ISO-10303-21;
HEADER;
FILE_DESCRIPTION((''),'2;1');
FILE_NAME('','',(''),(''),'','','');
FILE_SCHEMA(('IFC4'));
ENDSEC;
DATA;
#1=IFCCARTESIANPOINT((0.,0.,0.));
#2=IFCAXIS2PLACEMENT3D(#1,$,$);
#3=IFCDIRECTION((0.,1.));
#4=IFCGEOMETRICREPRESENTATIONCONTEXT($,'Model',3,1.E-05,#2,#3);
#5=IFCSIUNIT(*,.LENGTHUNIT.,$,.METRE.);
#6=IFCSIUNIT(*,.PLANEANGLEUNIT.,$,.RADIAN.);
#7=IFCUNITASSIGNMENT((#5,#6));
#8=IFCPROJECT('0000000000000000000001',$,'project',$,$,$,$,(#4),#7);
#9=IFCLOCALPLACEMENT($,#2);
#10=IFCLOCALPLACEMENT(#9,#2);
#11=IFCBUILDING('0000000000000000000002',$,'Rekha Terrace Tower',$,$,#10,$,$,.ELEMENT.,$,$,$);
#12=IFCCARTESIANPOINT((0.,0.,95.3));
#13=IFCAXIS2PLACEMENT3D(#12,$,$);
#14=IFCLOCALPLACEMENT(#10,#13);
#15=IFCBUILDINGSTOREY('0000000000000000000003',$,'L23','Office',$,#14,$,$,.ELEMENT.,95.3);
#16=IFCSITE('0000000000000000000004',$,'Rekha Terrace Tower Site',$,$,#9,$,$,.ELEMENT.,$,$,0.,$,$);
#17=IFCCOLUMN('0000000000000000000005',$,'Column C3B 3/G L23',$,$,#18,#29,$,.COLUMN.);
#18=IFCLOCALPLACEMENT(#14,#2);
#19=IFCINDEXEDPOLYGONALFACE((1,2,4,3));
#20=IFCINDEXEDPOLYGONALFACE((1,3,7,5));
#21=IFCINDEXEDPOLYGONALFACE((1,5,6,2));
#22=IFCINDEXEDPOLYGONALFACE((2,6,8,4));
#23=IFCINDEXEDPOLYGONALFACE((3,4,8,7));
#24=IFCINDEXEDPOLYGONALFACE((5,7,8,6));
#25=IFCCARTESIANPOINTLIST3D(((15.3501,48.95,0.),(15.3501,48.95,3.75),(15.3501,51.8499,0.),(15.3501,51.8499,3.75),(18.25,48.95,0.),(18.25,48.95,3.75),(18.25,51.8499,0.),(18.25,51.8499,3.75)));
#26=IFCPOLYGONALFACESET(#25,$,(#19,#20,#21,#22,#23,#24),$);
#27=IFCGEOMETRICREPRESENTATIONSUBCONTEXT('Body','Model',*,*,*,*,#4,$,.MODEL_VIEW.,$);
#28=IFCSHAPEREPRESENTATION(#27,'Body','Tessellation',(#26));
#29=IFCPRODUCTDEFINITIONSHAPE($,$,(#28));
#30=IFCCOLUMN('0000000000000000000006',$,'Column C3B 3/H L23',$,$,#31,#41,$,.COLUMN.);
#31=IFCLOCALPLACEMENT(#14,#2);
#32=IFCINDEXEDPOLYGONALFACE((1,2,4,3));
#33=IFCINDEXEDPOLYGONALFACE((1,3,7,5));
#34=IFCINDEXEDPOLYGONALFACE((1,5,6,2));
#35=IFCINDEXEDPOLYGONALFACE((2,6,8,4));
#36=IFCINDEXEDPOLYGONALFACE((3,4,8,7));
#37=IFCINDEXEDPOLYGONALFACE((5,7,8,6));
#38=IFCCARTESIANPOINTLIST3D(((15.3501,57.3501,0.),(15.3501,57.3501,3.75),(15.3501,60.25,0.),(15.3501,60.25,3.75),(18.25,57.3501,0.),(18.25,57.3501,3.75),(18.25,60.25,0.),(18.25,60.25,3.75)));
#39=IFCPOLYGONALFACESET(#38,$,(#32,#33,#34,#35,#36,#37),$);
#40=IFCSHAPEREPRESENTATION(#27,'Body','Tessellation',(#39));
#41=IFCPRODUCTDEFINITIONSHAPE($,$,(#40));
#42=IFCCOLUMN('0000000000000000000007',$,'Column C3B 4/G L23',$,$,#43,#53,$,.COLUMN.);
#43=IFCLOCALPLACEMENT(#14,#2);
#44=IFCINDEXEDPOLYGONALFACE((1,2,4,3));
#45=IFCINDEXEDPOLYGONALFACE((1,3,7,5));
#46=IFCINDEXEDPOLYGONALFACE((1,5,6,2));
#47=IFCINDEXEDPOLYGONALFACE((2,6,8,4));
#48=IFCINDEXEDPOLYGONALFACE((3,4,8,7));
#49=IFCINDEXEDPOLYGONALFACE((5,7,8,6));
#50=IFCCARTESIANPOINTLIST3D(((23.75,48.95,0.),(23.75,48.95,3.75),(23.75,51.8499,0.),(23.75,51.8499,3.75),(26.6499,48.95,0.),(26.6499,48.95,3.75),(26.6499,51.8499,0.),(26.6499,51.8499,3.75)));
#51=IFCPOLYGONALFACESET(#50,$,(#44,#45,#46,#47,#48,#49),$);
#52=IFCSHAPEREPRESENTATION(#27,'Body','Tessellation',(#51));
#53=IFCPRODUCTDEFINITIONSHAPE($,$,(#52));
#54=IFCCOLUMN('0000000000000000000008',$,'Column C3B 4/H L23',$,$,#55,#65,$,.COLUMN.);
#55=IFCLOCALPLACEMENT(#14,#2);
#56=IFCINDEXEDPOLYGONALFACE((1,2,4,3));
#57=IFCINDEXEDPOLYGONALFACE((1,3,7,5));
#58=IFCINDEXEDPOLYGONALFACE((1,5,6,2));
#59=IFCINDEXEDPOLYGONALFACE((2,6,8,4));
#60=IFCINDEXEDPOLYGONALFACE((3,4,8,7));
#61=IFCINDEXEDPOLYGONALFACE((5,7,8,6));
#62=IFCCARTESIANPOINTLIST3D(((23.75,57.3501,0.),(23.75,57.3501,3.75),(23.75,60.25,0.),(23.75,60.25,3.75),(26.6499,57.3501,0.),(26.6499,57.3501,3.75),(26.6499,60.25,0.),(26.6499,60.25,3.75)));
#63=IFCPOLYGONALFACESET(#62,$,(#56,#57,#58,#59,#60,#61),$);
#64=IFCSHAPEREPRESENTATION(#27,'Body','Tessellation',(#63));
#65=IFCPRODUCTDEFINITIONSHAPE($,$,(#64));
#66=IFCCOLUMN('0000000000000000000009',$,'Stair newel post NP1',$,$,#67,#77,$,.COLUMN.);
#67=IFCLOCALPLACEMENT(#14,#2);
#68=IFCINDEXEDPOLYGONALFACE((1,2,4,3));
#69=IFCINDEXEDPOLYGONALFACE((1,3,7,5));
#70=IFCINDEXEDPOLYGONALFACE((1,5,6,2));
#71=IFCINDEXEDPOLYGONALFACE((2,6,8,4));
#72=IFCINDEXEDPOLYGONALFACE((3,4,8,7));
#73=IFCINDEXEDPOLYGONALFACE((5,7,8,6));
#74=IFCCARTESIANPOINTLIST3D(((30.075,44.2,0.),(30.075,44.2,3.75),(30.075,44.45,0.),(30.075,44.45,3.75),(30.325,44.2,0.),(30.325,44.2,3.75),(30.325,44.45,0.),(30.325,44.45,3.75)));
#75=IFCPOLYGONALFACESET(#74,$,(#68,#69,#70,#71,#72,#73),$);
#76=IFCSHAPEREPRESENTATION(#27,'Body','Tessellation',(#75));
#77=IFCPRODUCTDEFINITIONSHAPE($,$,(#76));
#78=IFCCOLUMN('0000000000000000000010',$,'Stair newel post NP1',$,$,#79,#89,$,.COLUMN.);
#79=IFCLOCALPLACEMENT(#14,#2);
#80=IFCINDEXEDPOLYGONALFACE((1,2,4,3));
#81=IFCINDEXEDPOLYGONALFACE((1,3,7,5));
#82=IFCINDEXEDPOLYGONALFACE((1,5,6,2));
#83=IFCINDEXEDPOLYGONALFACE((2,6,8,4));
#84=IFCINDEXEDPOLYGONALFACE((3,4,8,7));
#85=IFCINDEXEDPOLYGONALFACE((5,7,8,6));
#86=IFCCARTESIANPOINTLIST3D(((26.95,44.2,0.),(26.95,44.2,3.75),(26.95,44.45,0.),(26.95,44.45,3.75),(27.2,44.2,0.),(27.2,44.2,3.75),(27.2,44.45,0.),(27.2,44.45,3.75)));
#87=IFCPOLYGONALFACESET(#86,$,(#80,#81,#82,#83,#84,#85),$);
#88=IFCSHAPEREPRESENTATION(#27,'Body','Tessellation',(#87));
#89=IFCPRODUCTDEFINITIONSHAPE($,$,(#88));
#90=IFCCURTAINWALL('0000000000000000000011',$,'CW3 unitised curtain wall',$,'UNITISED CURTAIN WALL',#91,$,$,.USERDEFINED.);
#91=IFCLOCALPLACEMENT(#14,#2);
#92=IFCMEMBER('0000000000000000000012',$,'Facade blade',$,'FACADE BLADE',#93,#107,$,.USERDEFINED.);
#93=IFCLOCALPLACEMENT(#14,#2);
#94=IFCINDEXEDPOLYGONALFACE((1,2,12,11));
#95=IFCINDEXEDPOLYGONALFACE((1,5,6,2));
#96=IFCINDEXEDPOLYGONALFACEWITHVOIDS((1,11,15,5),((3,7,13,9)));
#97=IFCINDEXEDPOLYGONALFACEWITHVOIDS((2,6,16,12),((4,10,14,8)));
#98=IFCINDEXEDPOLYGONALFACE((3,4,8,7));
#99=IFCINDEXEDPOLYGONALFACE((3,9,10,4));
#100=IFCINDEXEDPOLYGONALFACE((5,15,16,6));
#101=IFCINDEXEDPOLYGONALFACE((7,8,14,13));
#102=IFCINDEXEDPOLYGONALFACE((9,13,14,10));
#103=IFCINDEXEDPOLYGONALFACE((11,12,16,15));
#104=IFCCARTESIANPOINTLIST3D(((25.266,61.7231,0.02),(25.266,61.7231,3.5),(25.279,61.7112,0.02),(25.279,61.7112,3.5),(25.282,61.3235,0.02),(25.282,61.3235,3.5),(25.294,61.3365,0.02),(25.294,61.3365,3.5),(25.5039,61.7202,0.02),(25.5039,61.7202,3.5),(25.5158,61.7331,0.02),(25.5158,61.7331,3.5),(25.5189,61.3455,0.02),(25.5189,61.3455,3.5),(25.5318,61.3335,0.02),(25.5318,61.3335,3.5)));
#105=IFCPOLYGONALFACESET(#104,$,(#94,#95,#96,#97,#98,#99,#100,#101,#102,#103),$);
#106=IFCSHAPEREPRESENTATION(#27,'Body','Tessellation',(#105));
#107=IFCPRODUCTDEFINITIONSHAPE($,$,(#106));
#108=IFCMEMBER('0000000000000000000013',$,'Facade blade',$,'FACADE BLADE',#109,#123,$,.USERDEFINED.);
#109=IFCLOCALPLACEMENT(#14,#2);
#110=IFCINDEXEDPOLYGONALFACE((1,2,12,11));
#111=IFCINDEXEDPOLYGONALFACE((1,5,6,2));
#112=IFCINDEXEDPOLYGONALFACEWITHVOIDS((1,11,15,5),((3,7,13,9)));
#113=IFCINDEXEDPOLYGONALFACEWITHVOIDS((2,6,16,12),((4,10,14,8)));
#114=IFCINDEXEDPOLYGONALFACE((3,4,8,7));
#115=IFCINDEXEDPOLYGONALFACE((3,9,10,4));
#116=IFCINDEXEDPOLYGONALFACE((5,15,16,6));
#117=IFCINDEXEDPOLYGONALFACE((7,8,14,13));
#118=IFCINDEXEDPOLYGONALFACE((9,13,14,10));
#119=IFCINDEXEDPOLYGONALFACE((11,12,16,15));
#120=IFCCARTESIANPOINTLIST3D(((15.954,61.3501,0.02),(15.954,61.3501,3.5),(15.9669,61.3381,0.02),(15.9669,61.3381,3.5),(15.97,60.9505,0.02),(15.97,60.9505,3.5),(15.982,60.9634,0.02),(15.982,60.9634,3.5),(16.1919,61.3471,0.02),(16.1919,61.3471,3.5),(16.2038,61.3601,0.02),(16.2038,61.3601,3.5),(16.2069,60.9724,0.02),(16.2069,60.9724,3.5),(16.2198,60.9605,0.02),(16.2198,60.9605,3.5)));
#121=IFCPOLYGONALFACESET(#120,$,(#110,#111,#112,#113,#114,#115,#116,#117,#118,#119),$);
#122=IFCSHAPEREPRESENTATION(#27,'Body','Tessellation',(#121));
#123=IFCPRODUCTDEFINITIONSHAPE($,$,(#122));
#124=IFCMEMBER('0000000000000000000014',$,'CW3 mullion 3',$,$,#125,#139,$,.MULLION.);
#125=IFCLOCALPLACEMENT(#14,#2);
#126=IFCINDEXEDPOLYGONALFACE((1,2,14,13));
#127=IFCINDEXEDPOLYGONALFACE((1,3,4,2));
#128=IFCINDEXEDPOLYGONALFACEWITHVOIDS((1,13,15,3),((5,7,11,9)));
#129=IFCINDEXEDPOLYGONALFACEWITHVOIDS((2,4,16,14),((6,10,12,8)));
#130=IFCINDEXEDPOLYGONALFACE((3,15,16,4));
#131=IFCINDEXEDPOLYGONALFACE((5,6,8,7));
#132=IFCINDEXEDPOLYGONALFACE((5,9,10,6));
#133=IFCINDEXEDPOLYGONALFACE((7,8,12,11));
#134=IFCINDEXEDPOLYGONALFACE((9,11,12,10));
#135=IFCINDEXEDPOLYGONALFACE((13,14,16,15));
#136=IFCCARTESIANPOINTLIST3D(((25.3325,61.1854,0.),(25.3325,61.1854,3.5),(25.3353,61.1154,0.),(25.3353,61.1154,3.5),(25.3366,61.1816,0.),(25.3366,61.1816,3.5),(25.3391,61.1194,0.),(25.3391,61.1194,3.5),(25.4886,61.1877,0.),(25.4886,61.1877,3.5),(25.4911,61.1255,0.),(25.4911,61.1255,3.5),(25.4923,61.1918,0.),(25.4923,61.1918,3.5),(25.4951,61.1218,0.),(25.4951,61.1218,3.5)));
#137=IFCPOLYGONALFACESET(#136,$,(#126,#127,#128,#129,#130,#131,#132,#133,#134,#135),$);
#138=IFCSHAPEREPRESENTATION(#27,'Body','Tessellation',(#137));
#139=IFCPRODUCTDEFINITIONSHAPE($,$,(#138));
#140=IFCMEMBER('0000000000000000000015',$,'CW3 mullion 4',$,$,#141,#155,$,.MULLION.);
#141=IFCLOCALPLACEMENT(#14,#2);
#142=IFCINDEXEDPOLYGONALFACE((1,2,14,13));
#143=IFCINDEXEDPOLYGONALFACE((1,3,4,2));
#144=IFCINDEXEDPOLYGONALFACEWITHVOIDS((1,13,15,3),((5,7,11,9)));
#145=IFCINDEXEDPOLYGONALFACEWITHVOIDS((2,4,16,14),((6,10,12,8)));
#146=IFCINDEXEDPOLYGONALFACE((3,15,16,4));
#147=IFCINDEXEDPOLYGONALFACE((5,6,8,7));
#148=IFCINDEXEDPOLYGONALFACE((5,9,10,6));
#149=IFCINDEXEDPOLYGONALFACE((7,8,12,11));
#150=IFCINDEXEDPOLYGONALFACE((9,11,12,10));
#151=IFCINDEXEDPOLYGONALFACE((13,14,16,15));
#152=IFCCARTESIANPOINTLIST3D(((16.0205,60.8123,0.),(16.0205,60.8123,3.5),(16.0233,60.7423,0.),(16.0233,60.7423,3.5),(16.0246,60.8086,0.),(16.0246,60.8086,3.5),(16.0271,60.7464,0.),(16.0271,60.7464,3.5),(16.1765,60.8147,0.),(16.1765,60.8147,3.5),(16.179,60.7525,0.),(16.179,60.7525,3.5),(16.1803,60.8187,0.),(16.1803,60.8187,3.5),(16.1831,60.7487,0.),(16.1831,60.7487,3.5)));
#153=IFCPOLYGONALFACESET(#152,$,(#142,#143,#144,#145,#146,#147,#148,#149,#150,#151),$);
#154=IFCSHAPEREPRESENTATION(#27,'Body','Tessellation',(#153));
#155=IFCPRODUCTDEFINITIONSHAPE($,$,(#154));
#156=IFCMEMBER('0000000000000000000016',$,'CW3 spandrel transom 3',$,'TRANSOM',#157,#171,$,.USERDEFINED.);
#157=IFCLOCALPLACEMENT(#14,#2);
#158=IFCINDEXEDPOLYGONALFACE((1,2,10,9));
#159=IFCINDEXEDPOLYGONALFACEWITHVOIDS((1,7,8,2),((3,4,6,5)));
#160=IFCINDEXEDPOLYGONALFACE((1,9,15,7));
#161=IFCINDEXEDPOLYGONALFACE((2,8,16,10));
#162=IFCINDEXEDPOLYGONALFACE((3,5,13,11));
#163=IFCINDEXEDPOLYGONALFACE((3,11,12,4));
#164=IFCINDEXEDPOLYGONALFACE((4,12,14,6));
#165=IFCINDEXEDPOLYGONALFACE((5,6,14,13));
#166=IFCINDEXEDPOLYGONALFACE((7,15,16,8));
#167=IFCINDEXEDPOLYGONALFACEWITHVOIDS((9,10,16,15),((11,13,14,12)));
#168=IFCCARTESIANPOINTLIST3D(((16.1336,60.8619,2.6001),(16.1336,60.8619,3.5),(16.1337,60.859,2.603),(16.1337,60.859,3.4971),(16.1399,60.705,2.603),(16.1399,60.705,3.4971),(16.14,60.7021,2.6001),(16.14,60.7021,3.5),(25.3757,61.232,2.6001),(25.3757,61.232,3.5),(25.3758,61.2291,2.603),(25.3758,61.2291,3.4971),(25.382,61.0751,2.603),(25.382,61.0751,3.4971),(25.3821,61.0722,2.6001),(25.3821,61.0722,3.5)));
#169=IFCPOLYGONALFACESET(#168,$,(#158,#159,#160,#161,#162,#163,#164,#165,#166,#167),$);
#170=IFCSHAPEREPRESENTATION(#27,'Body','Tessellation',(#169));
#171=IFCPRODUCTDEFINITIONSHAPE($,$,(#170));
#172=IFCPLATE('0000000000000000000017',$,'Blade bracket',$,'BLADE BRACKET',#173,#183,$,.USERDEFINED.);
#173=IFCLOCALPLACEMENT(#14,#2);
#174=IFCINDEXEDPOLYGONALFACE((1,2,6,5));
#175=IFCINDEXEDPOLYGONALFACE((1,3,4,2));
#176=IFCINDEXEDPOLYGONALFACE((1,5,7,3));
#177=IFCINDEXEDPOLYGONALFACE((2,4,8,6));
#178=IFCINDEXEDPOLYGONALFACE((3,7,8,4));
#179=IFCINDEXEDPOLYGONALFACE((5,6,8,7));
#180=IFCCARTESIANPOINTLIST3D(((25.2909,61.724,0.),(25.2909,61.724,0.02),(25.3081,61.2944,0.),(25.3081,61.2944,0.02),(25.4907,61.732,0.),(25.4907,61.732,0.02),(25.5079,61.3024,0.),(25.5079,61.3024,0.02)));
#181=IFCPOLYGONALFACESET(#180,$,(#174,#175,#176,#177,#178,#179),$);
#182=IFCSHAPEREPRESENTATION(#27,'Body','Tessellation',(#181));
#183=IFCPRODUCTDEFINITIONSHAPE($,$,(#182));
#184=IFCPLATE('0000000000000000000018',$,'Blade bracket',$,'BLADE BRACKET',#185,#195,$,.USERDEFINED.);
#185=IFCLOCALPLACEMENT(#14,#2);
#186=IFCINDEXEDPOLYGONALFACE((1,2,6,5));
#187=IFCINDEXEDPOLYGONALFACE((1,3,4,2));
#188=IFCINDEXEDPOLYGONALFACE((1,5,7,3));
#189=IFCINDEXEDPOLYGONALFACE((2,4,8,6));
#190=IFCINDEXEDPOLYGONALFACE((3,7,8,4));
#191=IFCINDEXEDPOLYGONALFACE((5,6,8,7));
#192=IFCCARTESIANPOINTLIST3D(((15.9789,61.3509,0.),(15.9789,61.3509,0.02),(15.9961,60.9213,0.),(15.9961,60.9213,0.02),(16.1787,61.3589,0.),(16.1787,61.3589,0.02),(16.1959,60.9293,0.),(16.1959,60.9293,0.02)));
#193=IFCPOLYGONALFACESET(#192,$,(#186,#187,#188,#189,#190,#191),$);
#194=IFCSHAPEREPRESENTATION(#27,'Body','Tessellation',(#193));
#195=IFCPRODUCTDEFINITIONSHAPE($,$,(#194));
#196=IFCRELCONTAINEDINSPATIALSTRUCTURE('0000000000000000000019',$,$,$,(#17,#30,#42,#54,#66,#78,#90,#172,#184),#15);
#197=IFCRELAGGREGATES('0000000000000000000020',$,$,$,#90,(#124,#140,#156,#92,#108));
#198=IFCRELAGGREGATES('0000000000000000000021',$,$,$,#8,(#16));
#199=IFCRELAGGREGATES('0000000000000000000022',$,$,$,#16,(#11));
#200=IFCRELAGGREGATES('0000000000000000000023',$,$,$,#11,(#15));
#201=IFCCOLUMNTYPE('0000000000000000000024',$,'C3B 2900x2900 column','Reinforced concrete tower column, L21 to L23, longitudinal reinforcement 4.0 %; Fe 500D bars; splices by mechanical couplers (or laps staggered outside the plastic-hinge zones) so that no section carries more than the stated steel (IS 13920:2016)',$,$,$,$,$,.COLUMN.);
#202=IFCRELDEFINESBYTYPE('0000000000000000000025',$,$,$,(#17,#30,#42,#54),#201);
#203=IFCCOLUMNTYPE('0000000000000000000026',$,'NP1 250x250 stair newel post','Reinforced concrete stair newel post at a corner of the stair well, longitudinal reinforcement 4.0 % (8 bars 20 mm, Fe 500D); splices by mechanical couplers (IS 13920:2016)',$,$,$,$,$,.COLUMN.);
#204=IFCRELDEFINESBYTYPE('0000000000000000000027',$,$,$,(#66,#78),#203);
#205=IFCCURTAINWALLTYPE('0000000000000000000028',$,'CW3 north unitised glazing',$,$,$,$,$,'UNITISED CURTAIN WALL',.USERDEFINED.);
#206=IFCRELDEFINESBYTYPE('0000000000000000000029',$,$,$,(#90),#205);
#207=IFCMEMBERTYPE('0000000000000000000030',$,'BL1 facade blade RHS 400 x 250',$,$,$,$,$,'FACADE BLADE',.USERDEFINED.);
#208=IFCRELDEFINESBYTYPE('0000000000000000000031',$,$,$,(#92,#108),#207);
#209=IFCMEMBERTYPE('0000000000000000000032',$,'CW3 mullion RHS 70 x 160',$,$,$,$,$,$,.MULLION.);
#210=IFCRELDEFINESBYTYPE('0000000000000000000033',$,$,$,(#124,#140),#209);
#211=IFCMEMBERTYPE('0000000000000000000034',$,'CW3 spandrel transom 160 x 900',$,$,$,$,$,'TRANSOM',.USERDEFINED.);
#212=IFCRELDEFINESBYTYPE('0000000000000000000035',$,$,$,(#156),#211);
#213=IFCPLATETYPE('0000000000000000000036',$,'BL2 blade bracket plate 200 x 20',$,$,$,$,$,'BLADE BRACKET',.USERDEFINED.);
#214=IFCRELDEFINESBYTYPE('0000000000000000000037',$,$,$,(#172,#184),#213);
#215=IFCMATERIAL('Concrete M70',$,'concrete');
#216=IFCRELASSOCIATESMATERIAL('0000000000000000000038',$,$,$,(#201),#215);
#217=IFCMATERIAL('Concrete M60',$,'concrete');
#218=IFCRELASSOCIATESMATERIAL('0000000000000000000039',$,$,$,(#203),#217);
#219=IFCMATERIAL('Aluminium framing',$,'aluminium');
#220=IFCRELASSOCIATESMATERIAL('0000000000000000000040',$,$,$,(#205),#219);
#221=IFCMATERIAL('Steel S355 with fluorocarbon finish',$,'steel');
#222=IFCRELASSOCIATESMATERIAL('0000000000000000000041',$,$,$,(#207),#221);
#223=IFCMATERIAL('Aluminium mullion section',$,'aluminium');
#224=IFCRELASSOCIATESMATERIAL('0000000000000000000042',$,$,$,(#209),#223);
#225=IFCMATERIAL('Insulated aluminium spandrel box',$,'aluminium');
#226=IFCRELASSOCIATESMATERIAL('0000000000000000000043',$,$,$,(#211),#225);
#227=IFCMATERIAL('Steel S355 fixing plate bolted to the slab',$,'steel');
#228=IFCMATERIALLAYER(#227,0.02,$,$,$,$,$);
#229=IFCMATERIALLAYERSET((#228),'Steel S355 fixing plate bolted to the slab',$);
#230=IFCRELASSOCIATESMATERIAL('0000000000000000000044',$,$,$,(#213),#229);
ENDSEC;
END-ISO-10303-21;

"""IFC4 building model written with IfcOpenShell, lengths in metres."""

from ifc_helpers import new_model, si_unit, direction, frame, origin, origin_2d, place, context, subcontext, project, spatial, rectangle, hollow_rectangle, extrude, material, layer, layer_set, material_profile, profile_set, type_object, element, aggregate, save


model = new_model("IFC4")

# Units and contexts
model_context = context("Model", 3, precision=1e-05, world=origin(), true_north=direction((0.0, 1.0)))
body_context = subcontext(model_context, "Body", "Model", "MODEL_VIEW")
ifc_project = project(units=[si_unit("LENGTHUNIT", "METRE"), si_unit("PLANEANGLEUNIT", "RADIAN")], contexts=[model_context])

# Site, building, storey
site_placement = place(None, origin())
site = spatial("IfcSite", under=ifc_project, at=site_placement, Name="Rekha Terrace Tower Site", CompositionType="ELEMENT", RefElevation=0.0)
building_placement = place(site_placement, origin())
building = spatial("IfcBuilding", under=site, at=building_placement, Name="Rekha Terrace Tower", CompositionType="ELEMENT")
storey_placement = place(building_placement, frame((0.0, 0.0, 95.3)))
storey = spatial("IfcBuildingStorey", under=building, at=storey_placement, Name="L23", Description="Office", CompositionType="ELEMENT", Elevation=95.3)

# Columns
ifc_material_1 = material(Name="Concrete M70", Category="concrete")
ifc_material_profile_1 = material_profile(ifc_material_1, rectangle(XDim=2.8999, YDim=2.8999, at=origin_2d()), Name="RC 2900x2900")
ifc_profile_set_1 = profile_set([ifc_material_profile_1], Name="Concrete M70")
column_type_1 = type_object("IfcColumnType", Name="C3B 2900x2900 column", Description="Reinforced concrete tower column, L21 to L23, longitudinal reinforcement 4.0 %; Fe 500D bars; splices by mechanical couplers (or laps staggered outside the plastic-hinge zones) so that no section carries more than the stated steel (IS 13920:2016)", PredefinedType="COLUMN", material=ifc_profile_set_1)
for number, where, z_axis, x_axis, name in (
    (1, (16.8, 50.3999, 0.0), (0.0, 0.0, 1.0), (1.0, 0.0, 0.0), "Column C3B 3/G L23"),
    (2, (16.8, 58.8, 0.0), (0.0, 0.0, 1.0), (1.0, 0.0, 0.0), "Column C3B 3/H L23"),
    (3, (25.2, 50.3999, 0.0), (0.0, 0.0, 1.0), (1.0, 0.0, 0.0), "Column C3B 4/G L23"),
    (4, (25.2, 58.8, 0.0), (0.0, 0.0, 1.0), (1.0, 0.0, 0.0), "Column C3B 4/H L23"),
):
    element("IfcColumn", number, at=place(storey_placement, frame(where, z_axis=z_axis, x_axis=x_axis)), inside=storey, type_object=column_type_1, Name=name, PredefinedType="COLUMN", context=body_context, shape_type="SweptSolid", body=[
        extrude(rectangle(XDim=2.8999, YDim=2.8999, at=origin_2d()), origin(), (0.0, 0.0, 1.0), 3.75),
    ])
ifc_material_2 = material(Name="Concrete M60", Category="concrete")
ifc_material_profile_2 = material_profile(ifc_material_2, rectangle(XDim=0.25, YDim=0.25, at=origin_2d()), Name="RC 250x250")
ifc_profile_set_2 = profile_set([ifc_material_profile_2], Name="Concrete M60")
column_type_2 = type_object("IfcColumnType", Name="NP1 250x250 stair newel post", Description="Reinforced concrete stair newel post at a corner of the stair well, longitudinal reinforcement 4.0 % (8 bars 20 mm, Fe 500D); splices by mechanical couplers (IS 13920:2016)", PredefinedType="COLUMN", material=ifc_profile_set_2)
for number, where, z_axis, x_axis, name in (
    (5, (30.2, 44.325, 0.0), (0.0, 0.0, 1.0), (1.0, 0.0, 0.0), "Stair newel post NP1"),
    (6, (27.075, 44.325, 0.0), (0.0, 0.0, 1.0), (1.0, 0.0, 0.0), "Stair newel post NP1"),
):
    element("IfcColumn", number, at=place(storey_placement, frame(where, z_axis=z_axis, x_axis=x_axis)), inside=storey, type_object=column_type_2, Name=name, PredefinedType="COLUMN", context=body_context, shape_type="SweptSolid", body=[
        extrude(rectangle(XDim=0.25, YDim=0.25, at=origin_2d()), origin(), (0.0, 0.0, 1.0), 3.75),
    ])

# Curtain wall, members
ifc_material_3 = material(Name="Aluminium framing", Category="aluminium")
curtain_wall_type = type_object("IfcCurtainWallType", Name="CW3 north unitised glazing", ElementType="UNITISED CURTAIN WALL", PredefinedType="USERDEFINED", material=ifc_material_3)
curtain_wall_placement = place(storey_placement, origin())
curtain_wall = element("IfcCurtainWall", 7, at=curtain_wall_placement, inside=storey, type_object=curtain_wall_type, Name="CW3 unitised curtain wall", ObjectType="UNITISED CURTAIN WALL", PredefinedType="USERDEFINED")
ifc_material_4 = material(Name="Steel S355 with fluorocarbon finish", Category="steel")
ifc_material_profile_3 = material_profile(ifc_material_4, hollow_rectangle(XDim=0.25, YDim=0.3999, WallThickness=0.0125, at=origin_2d()), Name="RHS400x250x12.5")
ifc_profile_set_3 = profile_set([ifc_material_profile_3], Name="Steel S355 with fluorocarbon finish")
member_type_1 = type_object("IfcMemberType", Name="BL1 facade blade RHS 400 x 250", ElementType="FACADE BLADE", PredefinedType="USERDEFINED", material=ifc_profile_set_3)
member_1_placement = place(storey_placement, frame((25.3989, 61.5283, 0.02), z_axis=(0.0, 0.0, 1.0), x_axis=(-0.999198, -0.040032, 0.0)))
member_1 = element("IfcMember", 8, at=member_1_placement, type_object=member_type_1, Name="Facade blade", ObjectType="FACADE BLADE", PredefinedType="USERDEFINED", context=body_context, shape_type="SweptSolid", body=[
    extrude(hollow_rectangle(XDim=0.25, YDim=0.3999, WallThickness=0.0125, at=origin_2d()), origin(), (0.0, 0.0, 1.0), 3.48),
])
member_2_placement = place(storey_placement, frame((16.0869, 61.1553, 0.02), z_axis=(0.0, 0.0, 1.0), x_axis=(-0.999198, -0.040032, 0.0)))
member_2 = element("IfcMember", 9, at=member_2_placement, type_object=member_type_1, Name="Facade blade", ObjectType="FACADE BLADE", PredefinedType="USERDEFINED", context=body_context, shape_type="SweptSolid", body=[
    extrude(hollow_rectangle(XDim=0.25, YDim=0.3999, WallThickness=0.0125, at=origin_2d()), origin(), (0.0, 0.0, 1.0), 3.48),
])
ifc_material_5 = material(Name="Aluminium mullion section", Category="aluminium")
ifc_material_profile_4 = material_profile(ifc_material_5, hollow_rectangle(XDim=0.0701, YDim=0.1599, WallThickness=0.0039, at=origin_2d()), Name="AL RHS 70x160")
ifc_profile_set_4 = profile_set([ifc_material_profile_4], Name="Aluminium mullion section")
member_type_2 = type_object("IfcMemberType", Name="CW3 mullion RHS 70 x 160", PredefinedType="MULLION", material=ifc_profile_set_4)
member_3_placement = place(storey_placement, frame((25.4138, 61.1536, 0.0), z_axis=(0.0, 0.0, 1.0), x_axis=(0.040032, -0.999198, 0.0)))
member_3 = element("IfcMember", 10, at=member_3_placement, type_object=member_type_2, Name="CW3 mullion 3", PredefinedType="MULLION", context=body_context, shape_type="SweptSolid", body=[
    extrude(hollow_rectangle(XDim=0.0701, YDim=0.1599, WallThickness=0.0039, at=origin_2d()), origin(), (0.0, 0.0, 1.0), 3.5),
])
member_4_placement = place(storey_placement, frame((16.1018, 60.7805, 0.0), z_axis=(0.0, 0.0, 1.0), x_axis=(0.040032, -0.999198, 0.0)))
member_4 = element("IfcMember", 11, at=member_4_placement, type_object=member_type_2, Name="CW3 mullion 4", PredefinedType="MULLION", context=body_context, shape_type="SweptSolid", body=[
    extrude(hollow_rectangle(XDim=0.0701, YDim=0.1599, WallThickness=0.0039, at=origin_2d()), origin(), (0.0, 0.0, 1.0), 3.5),
])
ifc_material_6 = material(Name="Insulated aluminium spandrel box", Category="aluminium")
ifc_material_profile_5 = material_profile(ifc_material_6, hollow_rectangle(XDim=0.1599, YDim=0.8999, WallThickness=0.0029, at=origin_2d()), Name="AL SPANDREL BOX 160x900")
ifc_profile_set_5 = profile_set([ifc_material_profile_5], Name="Insulated aluminium spandrel box")
member_type_3 = type_object("IfcMemberType", Name="CW3 spandrel transom 160 x 900", ElementType="TRANSOM", PredefinedType="USERDEFINED", material=ifc_profile_set_5)
member_5_placement = place(storey_placement, frame((25.3789, 61.1521, 3.05), z_axis=(-0.999199, -0.040014, 0.0), x_axis=(0.040014, -0.999199, 0.0)))
member_5 = element("IfcMember", 12, at=member_5_placement, type_object=member_type_3, Name="CW3 spandrel transom 3", ObjectType="TRANSOM", PredefinedType="USERDEFINED", context=body_context, shape_type="SweptSolid", body=[
    extrude(hollow_rectangle(XDim=0.1599, YDim=0.8999, WallThickness=0.0029, at=origin_2d()), origin(), (0.0, 0.0, 1.0), 9.2495),
])

# Plates
ifc_material_7 = material(Name="Steel S355 fixing plate bolted to the slab", Category="steel")
ifc_layer_1 = layer(ifc_material_7, 0.02)
ifc_layer_set_1 = layer_set([ifc_layer_1], Name="Steel S355 fixing plate bolted to the slab")
plate_type_1 = type_object("IfcPlateType", Name="BL2 blade bracket plate 200 x 20", ElementType="BLADE BRACKET", PredefinedType="USERDEFINED", material=ifc_layer_set_1)
for number, where, z_axis, x_axis, name in (
    (13, (25.3994, 61.5132, 0.0), (0.0, 0.0, 1.0), (-0.040032, 0.999198, 0.0), "Blade bracket"),
    (14, (16.0874, 61.1401, 0.0), (0.0, 0.0, 1.0), (-0.040032, 0.999198, 0.0), "Blade bracket"),
):
    element("IfcPlate", number, at=place(storey_placement, frame(where, z_axis=z_axis, x_axis=x_axis)), inside=storey, type_object=plate_type_1, Name=name, ObjectType="BLADE BRACKET", PredefinedType="USERDEFINED", context=body_context, shape_type="SweptSolid", body=[
        extrude(rectangle(XDim=0.4299, YDim=0.2, at=origin_2d()), origin(), (0.0, 0.0, 1.0), 0.02),
    ])

aggregate(curtain_wall, [member_3, member_4, member_5, member_1, member_2])

save(model, "model.ifc")
